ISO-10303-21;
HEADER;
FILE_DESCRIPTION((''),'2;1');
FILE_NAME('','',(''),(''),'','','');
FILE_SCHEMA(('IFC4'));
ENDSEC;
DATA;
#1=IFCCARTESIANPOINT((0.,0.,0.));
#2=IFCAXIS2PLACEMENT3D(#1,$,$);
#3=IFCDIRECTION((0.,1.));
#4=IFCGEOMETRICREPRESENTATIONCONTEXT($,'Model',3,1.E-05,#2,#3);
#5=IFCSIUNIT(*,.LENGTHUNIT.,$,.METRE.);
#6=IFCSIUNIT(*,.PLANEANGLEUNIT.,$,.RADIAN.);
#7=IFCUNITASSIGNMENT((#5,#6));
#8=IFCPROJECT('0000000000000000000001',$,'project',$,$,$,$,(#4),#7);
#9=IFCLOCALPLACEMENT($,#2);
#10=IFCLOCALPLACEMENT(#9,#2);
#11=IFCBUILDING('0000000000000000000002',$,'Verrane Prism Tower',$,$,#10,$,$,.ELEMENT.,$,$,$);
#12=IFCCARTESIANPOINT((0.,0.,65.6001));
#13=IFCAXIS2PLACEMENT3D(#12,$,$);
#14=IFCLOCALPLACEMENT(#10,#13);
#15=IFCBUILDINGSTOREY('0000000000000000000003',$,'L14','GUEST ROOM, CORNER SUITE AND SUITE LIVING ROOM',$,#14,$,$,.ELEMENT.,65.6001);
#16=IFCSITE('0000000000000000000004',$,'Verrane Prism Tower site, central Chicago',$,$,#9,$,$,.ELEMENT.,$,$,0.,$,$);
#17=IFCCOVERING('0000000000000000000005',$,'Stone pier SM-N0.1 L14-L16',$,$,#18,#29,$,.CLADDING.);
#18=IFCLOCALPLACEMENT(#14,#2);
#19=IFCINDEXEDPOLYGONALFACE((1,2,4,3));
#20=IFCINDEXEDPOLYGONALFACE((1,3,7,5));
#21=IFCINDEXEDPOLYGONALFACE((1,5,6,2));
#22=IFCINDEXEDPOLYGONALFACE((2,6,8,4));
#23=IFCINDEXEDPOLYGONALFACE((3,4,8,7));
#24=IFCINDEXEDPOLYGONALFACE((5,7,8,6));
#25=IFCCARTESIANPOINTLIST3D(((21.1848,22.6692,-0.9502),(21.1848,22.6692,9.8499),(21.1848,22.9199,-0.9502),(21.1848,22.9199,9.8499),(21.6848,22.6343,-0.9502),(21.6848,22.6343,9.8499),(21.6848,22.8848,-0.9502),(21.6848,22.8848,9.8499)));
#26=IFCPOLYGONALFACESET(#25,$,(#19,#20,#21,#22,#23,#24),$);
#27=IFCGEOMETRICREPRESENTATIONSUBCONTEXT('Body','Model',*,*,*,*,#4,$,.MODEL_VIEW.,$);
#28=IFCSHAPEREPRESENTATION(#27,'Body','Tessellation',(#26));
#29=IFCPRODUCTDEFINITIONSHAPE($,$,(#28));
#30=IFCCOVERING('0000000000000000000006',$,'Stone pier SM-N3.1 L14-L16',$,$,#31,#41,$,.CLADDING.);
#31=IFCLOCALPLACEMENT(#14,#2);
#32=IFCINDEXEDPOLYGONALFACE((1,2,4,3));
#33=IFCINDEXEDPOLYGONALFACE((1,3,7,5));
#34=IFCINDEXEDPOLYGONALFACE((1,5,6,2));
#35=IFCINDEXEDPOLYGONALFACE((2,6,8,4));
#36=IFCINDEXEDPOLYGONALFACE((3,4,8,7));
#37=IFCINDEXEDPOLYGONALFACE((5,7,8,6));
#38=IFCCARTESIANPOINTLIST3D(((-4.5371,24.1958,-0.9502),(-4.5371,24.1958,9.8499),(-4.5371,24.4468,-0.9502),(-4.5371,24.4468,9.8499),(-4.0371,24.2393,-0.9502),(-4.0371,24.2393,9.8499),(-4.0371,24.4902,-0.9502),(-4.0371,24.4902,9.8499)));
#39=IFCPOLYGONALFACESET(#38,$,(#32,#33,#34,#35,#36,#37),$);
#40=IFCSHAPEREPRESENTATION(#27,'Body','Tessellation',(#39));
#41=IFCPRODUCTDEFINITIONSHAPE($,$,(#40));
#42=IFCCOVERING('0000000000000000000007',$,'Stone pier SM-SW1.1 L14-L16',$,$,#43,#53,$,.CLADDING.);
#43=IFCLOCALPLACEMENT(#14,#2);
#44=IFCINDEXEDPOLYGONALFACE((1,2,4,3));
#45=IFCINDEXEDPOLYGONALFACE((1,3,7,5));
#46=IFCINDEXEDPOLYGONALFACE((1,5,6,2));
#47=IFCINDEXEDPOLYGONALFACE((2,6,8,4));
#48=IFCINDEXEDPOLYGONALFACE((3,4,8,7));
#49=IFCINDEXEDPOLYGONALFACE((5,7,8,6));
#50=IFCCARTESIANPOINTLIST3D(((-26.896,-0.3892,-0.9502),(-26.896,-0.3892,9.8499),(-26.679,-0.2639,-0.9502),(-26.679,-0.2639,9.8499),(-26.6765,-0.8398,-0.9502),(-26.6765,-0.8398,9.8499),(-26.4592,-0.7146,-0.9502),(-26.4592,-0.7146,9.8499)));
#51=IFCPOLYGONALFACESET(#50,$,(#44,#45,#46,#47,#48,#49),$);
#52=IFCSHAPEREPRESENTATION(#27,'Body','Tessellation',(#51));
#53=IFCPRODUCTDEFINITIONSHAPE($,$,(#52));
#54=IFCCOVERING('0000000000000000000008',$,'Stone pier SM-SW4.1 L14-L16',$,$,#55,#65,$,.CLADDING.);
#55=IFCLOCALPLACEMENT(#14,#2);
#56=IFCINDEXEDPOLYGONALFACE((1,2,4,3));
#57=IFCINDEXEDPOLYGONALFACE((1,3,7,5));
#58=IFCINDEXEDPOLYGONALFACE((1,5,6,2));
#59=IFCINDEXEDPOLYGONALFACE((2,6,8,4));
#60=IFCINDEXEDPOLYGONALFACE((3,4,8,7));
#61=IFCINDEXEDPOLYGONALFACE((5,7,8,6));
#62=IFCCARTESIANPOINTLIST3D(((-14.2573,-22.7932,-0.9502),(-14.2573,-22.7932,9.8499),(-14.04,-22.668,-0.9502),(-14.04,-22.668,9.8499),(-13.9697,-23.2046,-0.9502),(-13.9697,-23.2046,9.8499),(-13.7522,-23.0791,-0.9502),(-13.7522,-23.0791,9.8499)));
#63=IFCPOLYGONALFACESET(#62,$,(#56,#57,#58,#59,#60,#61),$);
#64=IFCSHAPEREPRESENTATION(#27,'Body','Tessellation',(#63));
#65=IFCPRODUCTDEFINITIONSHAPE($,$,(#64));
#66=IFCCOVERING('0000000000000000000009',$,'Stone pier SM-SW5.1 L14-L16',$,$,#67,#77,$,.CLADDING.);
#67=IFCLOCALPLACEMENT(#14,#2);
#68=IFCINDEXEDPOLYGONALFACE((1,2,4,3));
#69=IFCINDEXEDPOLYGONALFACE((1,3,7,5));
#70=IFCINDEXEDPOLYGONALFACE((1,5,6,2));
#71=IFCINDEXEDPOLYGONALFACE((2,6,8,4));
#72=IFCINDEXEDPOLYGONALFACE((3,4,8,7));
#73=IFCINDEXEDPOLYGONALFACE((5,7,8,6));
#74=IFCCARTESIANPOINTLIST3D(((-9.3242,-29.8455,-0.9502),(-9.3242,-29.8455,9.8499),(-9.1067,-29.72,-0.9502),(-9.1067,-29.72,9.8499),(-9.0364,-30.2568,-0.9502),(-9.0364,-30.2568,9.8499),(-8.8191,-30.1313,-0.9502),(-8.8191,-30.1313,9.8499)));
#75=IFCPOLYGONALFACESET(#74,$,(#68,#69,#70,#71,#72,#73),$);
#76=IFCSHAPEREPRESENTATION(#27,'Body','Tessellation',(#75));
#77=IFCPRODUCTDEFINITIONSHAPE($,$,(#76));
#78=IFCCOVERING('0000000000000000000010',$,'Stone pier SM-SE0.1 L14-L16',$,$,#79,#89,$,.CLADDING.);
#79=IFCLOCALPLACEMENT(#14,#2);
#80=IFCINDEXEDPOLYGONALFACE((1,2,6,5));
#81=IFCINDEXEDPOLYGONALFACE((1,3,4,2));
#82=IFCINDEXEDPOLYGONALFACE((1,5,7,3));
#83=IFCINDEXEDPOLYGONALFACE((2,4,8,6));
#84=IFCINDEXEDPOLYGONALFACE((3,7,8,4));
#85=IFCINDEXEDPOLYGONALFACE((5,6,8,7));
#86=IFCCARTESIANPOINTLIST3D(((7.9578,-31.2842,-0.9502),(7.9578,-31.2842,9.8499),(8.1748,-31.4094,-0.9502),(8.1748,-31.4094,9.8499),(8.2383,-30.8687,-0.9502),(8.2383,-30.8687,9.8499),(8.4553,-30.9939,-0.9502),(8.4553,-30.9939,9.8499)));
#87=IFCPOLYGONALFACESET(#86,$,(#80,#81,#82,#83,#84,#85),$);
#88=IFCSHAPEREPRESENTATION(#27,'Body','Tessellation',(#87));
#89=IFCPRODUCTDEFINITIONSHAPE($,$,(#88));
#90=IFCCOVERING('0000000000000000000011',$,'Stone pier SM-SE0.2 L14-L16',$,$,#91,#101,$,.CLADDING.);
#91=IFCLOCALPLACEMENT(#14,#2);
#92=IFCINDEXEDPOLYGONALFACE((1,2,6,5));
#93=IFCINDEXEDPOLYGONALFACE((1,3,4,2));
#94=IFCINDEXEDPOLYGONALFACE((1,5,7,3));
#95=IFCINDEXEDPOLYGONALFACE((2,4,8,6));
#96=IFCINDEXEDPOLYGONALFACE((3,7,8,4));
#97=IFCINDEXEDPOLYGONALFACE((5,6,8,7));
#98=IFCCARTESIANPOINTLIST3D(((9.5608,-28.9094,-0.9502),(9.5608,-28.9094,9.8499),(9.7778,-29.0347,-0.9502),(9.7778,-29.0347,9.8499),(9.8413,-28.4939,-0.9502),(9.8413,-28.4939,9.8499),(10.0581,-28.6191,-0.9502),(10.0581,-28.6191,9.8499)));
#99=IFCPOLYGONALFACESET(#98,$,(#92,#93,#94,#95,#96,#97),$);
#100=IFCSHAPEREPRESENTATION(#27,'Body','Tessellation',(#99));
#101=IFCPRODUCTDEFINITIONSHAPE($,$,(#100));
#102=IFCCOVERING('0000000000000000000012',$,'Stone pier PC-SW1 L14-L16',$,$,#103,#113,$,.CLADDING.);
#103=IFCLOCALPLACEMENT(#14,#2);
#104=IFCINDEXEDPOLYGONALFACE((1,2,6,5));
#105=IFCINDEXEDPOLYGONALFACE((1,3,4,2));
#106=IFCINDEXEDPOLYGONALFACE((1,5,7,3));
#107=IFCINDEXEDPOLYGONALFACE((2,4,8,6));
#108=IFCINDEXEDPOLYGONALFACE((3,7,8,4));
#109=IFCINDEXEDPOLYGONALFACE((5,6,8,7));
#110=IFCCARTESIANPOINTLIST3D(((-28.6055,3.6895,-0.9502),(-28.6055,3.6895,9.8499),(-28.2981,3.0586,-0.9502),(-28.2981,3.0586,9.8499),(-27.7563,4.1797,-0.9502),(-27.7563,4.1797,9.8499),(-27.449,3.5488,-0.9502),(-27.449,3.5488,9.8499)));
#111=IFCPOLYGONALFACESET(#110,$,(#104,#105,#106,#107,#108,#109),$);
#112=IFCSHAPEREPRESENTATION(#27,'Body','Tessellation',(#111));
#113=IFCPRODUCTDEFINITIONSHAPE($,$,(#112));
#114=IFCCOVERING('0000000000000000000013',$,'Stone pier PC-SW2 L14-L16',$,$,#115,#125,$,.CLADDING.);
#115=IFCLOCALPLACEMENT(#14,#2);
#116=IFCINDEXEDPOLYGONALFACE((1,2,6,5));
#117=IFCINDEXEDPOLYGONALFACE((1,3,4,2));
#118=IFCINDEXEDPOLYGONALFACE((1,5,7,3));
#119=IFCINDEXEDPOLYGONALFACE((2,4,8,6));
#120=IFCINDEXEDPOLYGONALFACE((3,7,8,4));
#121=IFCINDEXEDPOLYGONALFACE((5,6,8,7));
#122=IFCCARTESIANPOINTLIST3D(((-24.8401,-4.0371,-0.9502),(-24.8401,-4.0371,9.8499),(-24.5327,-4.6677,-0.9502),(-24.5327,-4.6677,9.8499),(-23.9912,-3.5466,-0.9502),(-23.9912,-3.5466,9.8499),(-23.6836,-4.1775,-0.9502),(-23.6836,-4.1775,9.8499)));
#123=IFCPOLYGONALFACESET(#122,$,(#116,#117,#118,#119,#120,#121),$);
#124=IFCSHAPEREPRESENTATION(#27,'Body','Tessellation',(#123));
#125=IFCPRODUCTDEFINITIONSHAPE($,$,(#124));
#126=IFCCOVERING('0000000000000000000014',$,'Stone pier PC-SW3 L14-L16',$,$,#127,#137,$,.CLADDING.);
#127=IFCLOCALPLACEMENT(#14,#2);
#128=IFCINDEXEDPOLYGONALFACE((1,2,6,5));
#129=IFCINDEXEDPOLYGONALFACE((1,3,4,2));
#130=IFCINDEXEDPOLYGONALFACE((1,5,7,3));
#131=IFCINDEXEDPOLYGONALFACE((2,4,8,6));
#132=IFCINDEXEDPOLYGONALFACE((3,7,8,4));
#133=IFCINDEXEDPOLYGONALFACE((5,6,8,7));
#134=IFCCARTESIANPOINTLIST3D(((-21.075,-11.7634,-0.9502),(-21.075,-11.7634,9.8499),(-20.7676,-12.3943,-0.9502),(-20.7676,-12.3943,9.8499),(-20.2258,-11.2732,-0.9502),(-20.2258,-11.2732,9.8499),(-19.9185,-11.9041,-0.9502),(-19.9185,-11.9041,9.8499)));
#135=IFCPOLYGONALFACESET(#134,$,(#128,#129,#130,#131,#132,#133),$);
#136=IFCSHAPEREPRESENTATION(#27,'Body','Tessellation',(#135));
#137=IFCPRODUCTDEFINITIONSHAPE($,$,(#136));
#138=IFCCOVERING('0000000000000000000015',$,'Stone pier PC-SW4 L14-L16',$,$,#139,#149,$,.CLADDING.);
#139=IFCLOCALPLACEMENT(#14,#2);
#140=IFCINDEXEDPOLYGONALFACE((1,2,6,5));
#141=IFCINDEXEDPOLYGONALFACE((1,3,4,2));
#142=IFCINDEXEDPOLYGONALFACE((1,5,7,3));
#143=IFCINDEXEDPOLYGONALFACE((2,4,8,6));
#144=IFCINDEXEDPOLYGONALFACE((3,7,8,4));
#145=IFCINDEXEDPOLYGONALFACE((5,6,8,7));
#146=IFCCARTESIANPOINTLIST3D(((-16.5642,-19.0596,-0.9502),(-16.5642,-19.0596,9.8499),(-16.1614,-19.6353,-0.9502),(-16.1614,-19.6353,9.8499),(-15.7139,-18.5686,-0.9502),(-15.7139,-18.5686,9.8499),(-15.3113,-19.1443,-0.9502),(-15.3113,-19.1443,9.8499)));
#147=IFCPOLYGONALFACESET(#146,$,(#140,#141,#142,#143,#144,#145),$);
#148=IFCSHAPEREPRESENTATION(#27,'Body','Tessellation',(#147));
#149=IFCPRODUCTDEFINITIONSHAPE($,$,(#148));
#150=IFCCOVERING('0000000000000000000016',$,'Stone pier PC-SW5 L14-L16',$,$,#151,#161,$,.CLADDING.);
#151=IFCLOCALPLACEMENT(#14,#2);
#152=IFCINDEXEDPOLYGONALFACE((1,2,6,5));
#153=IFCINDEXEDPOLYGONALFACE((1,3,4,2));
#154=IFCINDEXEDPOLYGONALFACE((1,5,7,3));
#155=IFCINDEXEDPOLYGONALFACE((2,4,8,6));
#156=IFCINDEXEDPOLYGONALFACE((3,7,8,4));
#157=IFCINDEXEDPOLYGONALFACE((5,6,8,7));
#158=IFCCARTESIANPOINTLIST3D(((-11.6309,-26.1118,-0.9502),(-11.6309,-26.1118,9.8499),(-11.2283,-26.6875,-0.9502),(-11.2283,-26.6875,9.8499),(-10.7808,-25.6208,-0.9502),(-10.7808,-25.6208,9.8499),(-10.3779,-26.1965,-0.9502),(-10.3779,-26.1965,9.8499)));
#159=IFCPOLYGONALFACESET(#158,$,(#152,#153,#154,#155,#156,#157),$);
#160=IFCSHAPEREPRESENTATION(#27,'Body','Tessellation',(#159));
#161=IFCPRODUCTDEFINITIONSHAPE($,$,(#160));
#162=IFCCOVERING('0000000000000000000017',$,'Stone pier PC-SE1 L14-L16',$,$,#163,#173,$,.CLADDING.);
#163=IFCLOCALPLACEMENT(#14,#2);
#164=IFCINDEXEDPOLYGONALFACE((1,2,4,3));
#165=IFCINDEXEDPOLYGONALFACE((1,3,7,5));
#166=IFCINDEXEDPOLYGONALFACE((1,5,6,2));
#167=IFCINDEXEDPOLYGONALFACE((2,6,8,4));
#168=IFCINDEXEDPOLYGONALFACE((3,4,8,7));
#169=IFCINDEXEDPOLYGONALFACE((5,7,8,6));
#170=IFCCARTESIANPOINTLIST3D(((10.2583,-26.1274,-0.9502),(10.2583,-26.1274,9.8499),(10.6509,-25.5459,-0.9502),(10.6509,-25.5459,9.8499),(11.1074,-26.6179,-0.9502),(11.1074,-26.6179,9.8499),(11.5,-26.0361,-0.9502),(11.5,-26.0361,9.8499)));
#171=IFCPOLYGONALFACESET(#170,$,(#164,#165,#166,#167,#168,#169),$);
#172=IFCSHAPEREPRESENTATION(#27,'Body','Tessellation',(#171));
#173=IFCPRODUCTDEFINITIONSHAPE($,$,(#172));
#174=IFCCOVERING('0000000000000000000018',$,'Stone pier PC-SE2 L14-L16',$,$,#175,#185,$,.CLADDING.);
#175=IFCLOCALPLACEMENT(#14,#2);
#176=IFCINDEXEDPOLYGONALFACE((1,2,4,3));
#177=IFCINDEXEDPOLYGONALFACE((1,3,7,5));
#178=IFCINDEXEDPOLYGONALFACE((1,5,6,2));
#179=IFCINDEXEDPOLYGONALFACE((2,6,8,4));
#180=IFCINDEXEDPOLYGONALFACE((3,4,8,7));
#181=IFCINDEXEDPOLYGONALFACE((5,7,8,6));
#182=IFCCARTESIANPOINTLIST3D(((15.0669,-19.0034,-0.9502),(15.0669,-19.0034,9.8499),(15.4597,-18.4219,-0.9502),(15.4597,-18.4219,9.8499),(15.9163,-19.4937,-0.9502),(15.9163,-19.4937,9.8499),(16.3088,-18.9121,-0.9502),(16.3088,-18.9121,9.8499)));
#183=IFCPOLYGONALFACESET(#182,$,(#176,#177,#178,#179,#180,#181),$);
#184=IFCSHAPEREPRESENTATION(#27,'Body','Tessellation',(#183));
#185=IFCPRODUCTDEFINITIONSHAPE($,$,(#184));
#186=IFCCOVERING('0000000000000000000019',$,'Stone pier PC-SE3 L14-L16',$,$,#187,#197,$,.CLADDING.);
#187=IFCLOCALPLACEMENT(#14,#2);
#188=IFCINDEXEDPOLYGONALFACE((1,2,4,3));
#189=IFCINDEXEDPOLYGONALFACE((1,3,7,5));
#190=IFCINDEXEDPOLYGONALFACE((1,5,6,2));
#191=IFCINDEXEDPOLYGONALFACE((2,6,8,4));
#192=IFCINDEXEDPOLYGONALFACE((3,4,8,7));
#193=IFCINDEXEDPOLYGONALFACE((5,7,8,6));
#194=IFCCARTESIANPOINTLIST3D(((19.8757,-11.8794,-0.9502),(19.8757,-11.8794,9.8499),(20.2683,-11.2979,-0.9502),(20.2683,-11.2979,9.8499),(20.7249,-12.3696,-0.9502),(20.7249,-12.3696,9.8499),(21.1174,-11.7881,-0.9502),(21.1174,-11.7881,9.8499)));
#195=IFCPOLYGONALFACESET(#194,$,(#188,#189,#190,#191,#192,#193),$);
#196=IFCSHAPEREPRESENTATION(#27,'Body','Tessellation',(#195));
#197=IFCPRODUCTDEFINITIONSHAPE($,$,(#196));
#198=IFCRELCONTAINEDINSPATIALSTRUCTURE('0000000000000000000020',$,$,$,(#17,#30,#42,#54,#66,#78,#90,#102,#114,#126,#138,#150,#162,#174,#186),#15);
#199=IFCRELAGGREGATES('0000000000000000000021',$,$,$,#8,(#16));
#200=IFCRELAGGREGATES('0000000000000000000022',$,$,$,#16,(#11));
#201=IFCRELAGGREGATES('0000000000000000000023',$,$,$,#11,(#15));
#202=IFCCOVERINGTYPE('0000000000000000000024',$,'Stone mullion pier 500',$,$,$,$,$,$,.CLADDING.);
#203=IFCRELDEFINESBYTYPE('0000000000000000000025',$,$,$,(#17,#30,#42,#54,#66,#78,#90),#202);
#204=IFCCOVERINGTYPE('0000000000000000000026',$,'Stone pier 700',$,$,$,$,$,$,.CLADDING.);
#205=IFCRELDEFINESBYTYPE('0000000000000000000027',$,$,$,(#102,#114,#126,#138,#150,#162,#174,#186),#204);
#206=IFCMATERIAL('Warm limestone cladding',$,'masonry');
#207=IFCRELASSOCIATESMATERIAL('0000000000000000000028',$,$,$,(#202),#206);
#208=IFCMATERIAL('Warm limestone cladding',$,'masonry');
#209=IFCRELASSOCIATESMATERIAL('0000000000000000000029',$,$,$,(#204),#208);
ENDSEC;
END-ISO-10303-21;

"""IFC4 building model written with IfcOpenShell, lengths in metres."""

from ifc_helpers import new_model, si_unit, direction, frame, origin, place, context, subcontext, project, spatial, polyline, outline, extrude, material, type_object, element, save


model = new_model("IFC4")

# Units and contexts
model_context = context("Model", 3, precision=1e-05, world=origin(), true_north=direction((0.0, 1.0)))
body_context = subcontext(model_context, "Body", "Model", "MODEL_VIEW")
ifc_project = project(units=[si_unit("LENGTHUNIT", "METRE"), si_unit("PLANEANGLEUNIT", "RADIAN")], contexts=[model_context])

# Site, building, storey
site_placement = place(None, origin())
site = spatial("IfcSite", under=ifc_project, at=site_placement, Name="Verrane Prism Tower site, central Chicago", CompositionType="ELEMENT", RefElevation=0.0)
building_placement = place(site_placement, origin())
building = spatial("IfcBuilding", under=site, at=building_placement, Name="Verrane Prism Tower", CompositionType="ELEMENT")
storey_placement = place(building_placement, frame((0.0, 0.0, 65.6001)))
storey = spatial("IfcBuildingStorey", under=building, at=storey_placement, Name="L14", Description="GUEST ROOM, CORNER SUITE AND SUITE LIVING ROOM", CompositionType="ELEMENT", Elevation=65.6001)

# Coverings
ifc_material_1 = material(Name="Warm limestone cladding", Category="masonry")
covering_type_1 = type_object("IfcCoveringType", Name="Stone mullion pier 500", PredefinedType="CLADDING", material=ifc_material_1)
covering_1_placement = place(storey_placement, frame((0.0, 0.0, -0.9502)))
element("IfcCovering", 1, at=covering_1_placement, inside=storey, type_object=covering_type_1, Name="Stone pier SM-N0.1 L14-L16", PredefinedType="CLADDING", context=body_context, shape_type="SweptSolid", body=[
    extrude(outline(polyline([(21.1848, 22.6692), (21.6848, 22.6343), (21.6848, 22.8848), (21.1848, 22.9199), (21.1848, 22.6692)])), origin(), (0.0, 0.0, 1.0), 10.8),
])
covering_2_placement = place(storey_placement, frame((0.0, 0.0, -0.9502)))
element("IfcCovering", 2, at=covering_2_placement, inside=storey, type_object=covering_type_1, Name="Stone pier SM-N3.1 L14-L16", PredefinedType="CLADDING", context=body_context, shape_type="SweptSolid", body=[
    extrude(outline(polyline([(-4.5371, 24.1958), (-4.0371, 24.2393), (-4.0371, 24.4902), (-4.5371, 24.4468), (-4.5371, 24.1958)])), origin(), (0.0, 0.0, 1.0), 10.8),
])
covering_3_placement = place(storey_placement, frame((0.0, 0.0, -0.9502)))
element("IfcCovering", 3, at=covering_3_placement, inside=storey, type_object=covering_type_1, Name="Stone pier SM-SW1.1 L14-L16", PredefinedType="CLADDING", context=body_context, shape_type="SweptSolid", body=[
    extrude(outline(polyline([(-26.4592, -0.7146), (-26.679, -0.2639), (-26.896, -0.3892), (-26.6765, -0.8398), (-26.4592, -0.7146)])), origin(), (0.0, 0.0, 1.0), 10.8),
])
covering_4_placement = place(storey_placement, frame((0.0, 0.0, -0.9502)))
element("IfcCovering", 4, at=covering_4_placement, inside=storey, type_object=covering_type_1, Name="Stone pier SM-SW4.1 L14-L16", PredefinedType="CLADDING", context=body_context, shape_type="SweptSolid", body=[
    extrude(outline(polyline([(-13.7522, -23.0791), (-14.04, -22.668), (-14.2573, -22.7932), (-13.9697, -23.2046), (-13.7522, -23.0791)])), origin(), (0.0, 0.0, 1.0), 10.8),
])
covering_5_placement = place(storey_placement, frame((0.0, 0.0, -0.9502)))
element("IfcCovering", 5, at=covering_5_placement, inside=storey, type_object=covering_type_1, Name="Stone pier SM-SW5.1 L14-L16", PredefinedType="CLADDING", context=body_context, shape_type="SweptSolid", body=[
    extrude(outline(polyline([(-8.8191, -30.1313), (-9.1067, -29.72), (-9.3242, -29.8455), (-9.0364, -30.2568), (-8.8191, -30.1313)])), origin(), (0.0, 0.0, 1.0), 10.8),
])
covering_6_placement = place(storey_placement, frame((0.0, 0.0, -0.9502)))
element("IfcCovering", 6, at=covering_6_placement, inside=storey, type_object=covering_type_1, Name="Stone pier SM-SE0.1 L14-L16", PredefinedType="CLADDING", context=body_context, shape_type="SweptSolid", body=[
    extrude(outline(polyline([(8.2383, -30.8687), (7.9578, -31.2842), (8.1748, -31.4094), (8.4553, -30.9939), (8.2383, -30.8687)])), origin(), (0.0, 0.0, 1.0), 10.8),
])
covering_7_placement = place(storey_placement, frame((0.0, 0.0, -0.9502)))
element("IfcCovering", 7, at=covering_7_placement, inside=storey, type_object=covering_type_1, Name="Stone pier SM-SE0.2 L14-L16", PredefinedType="CLADDING", context=body_context, shape_type="SweptSolid", body=[
    extrude(outline(polyline([(9.8413, -28.4939), (9.5608, -28.9094), (9.7778, -29.0347), (10.0581, -28.6191), (9.8413, -28.4939)])), origin(), (0.0, 0.0, 1.0), 10.8),
])
ifc_material_2 = material(Name="Warm limestone cladding", Category="masonry")
covering_type_2 = type_object("IfcCoveringType", Name="Stone pier 700", PredefinedType="CLADDING", material=ifc_material_2)
covering_8_placement = place(storey_placement, frame((0.0, 0.0, -0.9502)))
element("IfcCovering", 8, at=covering_8_placement, inside=storey, type_object=covering_type_2, Name="Stone pier PC-SW1 L14-L16", PredefinedType="CLADDING", context=body_context, shape_type="SweptSolid", body=[
    extrude(outline(polyline([(-28.2981, 3.0586), (-27.449, 3.5488), (-27.7563, 4.1797), (-28.6055, 3.6895), (-28.2981, 3.0586)])), origin(), (0.0, 0.0, 1.0), 10.8),
])
covering_9_placement = place(storey_placement, frame((0.0, 0.0, -0.9502)))
element("IfcCovering", 9, at=covering_9_placement, inside=storey, type_object=covering_type_2, Name="Stone pier PC-SW2 L14-L16", PredefinedType="CLADDING", context=body_context, shape_type="SweptSolid", body=[
    extrude(outline(polyline([(-24.5327, -4.6677), (-23.6836, -4.1775), (-23.9912, -3.5466), (-24.8401, -4.0371), (-24.5327, -4.6677)])), origin(), (0.0, 0.0, 1.0), 10.8),
])
covering_10_placement = place(storey_placement, frame((0.0, 0.0, -0.9502)))
element("IfcCovering", 10, at=covering_10_placement, inside=storey, type_object=covering_type_2, Name="Stone pier PC-SW3 L14-L16", PredefinedType="CLADDING", context=body_context, shape_type="SweptSolid", body=[
    extrude(outline(polyline([(-20.7676, -12.3943), (-19.9185, -11.9041), (-20.2258, -11.2732), (-21.075, -11.7634), (-20.7676, -12.3943)])), origin(), (0.0, 0.0, 1.0), 10.8),
])
covering_11_placement = place(storey_placement, frame((0.0, 0.0, -0.9502)))
element("IfcCovering", 11, at=covering_11_placement, inside=storey, type_object=covering_type_2, Name="Stone pier PC-SW4 L14-L16", PredefinedType="CLADDING", context=body_context, shape_type="SweptSolid", body=[
    extrude(outline(polyline([(-16.1614, -19.6353), (-15.3113, -19.1443), (-15.7139, -18.5686), (-16.5642, -19.0596), (-16.1614, -19.6353)])), origin(), (0.0, 0.0, 1.0), 10.8),
])
covering_12_placement = place(storey_placement, frame((0.0, 0.0, -0.9502)))
element("IfcCovering", 12, at=covering_12_placement, inside=storey, type_object=covering_type_2, Name="Stone pier PC-SW5 L14-L16", PredefinedType="CLADDING", context=body_context, shape_type="SweptSolid", body=[
    extrude(outline(polyline([(-11.2283, -26.6875), (-10.3779, -26.1965), (-10.7808, -25.6208), (-11.6309, -26.1118), (-11.2283, -26.6875)])), origin(), (0.0, 0.0, 1.0), 10.8),
])
covering_13_placement = place(storey_placement, frame((0.0, 0.0, -0.9502)))
element("IfcCovering", 13, at=covering_13_placement, inside=storey, type_object=covering_type_2, Name="Stone pier PC-SE1 L14-L16", PredefinedType="CLADDING", context=body_context, shape_type="SweptSolid", body=[
    extrude(outline(polyline([(11.5, -26.0361), (10.6509, -25.5459), (10.2583, -26.1274), (11.1074, -26.6179), (11.5, -26.0361)])), origin(), (0.0, 0.0, 1.0), 10.8),
])
covering_14_placement = place(storey_placement, frame((0.0, 0.0, -0.9502)))
element("IfcCovering", 14, at=covering_14_placement, inside=storey, type_object=covering_type_2, Name="Stone pier PC-SE2 L14-L16", PredefinedType="CLADDING", context=body_context, shape_type="SweptSolid", body=[
    extrude(outline(polyline([(16.3088, -18.9121), (15.4597, -18.4219), (15.0669, -19.0034), (15.9163, -19.4937), (16.3088, -18.9121)])), origin(), (0.0, 0.0, 1.0), 10.8),
])
covering_15_placement = place(storey_placement, frame((0.0, 0.0, -0.9502)))
element("IfcCovering", 15, at=covering_15_placement, inside=storey, type_object=covering_type_2, Name="Stone pier PC-SE3 L14-L16", PredefinedType="CLADDING", context=body_context, shape_type="SweptSolid", body=[
    extrude(outline(polyline([(21.1174, -11.7881), (20.2683, -11.2979), (19.8757, -11.8794), (20.7249, -12.3696), (21.1174, -11.7881)])), origin(), (0.0, 0.0, 1.0), 10.8),
])

save(model, "model.ifc")
